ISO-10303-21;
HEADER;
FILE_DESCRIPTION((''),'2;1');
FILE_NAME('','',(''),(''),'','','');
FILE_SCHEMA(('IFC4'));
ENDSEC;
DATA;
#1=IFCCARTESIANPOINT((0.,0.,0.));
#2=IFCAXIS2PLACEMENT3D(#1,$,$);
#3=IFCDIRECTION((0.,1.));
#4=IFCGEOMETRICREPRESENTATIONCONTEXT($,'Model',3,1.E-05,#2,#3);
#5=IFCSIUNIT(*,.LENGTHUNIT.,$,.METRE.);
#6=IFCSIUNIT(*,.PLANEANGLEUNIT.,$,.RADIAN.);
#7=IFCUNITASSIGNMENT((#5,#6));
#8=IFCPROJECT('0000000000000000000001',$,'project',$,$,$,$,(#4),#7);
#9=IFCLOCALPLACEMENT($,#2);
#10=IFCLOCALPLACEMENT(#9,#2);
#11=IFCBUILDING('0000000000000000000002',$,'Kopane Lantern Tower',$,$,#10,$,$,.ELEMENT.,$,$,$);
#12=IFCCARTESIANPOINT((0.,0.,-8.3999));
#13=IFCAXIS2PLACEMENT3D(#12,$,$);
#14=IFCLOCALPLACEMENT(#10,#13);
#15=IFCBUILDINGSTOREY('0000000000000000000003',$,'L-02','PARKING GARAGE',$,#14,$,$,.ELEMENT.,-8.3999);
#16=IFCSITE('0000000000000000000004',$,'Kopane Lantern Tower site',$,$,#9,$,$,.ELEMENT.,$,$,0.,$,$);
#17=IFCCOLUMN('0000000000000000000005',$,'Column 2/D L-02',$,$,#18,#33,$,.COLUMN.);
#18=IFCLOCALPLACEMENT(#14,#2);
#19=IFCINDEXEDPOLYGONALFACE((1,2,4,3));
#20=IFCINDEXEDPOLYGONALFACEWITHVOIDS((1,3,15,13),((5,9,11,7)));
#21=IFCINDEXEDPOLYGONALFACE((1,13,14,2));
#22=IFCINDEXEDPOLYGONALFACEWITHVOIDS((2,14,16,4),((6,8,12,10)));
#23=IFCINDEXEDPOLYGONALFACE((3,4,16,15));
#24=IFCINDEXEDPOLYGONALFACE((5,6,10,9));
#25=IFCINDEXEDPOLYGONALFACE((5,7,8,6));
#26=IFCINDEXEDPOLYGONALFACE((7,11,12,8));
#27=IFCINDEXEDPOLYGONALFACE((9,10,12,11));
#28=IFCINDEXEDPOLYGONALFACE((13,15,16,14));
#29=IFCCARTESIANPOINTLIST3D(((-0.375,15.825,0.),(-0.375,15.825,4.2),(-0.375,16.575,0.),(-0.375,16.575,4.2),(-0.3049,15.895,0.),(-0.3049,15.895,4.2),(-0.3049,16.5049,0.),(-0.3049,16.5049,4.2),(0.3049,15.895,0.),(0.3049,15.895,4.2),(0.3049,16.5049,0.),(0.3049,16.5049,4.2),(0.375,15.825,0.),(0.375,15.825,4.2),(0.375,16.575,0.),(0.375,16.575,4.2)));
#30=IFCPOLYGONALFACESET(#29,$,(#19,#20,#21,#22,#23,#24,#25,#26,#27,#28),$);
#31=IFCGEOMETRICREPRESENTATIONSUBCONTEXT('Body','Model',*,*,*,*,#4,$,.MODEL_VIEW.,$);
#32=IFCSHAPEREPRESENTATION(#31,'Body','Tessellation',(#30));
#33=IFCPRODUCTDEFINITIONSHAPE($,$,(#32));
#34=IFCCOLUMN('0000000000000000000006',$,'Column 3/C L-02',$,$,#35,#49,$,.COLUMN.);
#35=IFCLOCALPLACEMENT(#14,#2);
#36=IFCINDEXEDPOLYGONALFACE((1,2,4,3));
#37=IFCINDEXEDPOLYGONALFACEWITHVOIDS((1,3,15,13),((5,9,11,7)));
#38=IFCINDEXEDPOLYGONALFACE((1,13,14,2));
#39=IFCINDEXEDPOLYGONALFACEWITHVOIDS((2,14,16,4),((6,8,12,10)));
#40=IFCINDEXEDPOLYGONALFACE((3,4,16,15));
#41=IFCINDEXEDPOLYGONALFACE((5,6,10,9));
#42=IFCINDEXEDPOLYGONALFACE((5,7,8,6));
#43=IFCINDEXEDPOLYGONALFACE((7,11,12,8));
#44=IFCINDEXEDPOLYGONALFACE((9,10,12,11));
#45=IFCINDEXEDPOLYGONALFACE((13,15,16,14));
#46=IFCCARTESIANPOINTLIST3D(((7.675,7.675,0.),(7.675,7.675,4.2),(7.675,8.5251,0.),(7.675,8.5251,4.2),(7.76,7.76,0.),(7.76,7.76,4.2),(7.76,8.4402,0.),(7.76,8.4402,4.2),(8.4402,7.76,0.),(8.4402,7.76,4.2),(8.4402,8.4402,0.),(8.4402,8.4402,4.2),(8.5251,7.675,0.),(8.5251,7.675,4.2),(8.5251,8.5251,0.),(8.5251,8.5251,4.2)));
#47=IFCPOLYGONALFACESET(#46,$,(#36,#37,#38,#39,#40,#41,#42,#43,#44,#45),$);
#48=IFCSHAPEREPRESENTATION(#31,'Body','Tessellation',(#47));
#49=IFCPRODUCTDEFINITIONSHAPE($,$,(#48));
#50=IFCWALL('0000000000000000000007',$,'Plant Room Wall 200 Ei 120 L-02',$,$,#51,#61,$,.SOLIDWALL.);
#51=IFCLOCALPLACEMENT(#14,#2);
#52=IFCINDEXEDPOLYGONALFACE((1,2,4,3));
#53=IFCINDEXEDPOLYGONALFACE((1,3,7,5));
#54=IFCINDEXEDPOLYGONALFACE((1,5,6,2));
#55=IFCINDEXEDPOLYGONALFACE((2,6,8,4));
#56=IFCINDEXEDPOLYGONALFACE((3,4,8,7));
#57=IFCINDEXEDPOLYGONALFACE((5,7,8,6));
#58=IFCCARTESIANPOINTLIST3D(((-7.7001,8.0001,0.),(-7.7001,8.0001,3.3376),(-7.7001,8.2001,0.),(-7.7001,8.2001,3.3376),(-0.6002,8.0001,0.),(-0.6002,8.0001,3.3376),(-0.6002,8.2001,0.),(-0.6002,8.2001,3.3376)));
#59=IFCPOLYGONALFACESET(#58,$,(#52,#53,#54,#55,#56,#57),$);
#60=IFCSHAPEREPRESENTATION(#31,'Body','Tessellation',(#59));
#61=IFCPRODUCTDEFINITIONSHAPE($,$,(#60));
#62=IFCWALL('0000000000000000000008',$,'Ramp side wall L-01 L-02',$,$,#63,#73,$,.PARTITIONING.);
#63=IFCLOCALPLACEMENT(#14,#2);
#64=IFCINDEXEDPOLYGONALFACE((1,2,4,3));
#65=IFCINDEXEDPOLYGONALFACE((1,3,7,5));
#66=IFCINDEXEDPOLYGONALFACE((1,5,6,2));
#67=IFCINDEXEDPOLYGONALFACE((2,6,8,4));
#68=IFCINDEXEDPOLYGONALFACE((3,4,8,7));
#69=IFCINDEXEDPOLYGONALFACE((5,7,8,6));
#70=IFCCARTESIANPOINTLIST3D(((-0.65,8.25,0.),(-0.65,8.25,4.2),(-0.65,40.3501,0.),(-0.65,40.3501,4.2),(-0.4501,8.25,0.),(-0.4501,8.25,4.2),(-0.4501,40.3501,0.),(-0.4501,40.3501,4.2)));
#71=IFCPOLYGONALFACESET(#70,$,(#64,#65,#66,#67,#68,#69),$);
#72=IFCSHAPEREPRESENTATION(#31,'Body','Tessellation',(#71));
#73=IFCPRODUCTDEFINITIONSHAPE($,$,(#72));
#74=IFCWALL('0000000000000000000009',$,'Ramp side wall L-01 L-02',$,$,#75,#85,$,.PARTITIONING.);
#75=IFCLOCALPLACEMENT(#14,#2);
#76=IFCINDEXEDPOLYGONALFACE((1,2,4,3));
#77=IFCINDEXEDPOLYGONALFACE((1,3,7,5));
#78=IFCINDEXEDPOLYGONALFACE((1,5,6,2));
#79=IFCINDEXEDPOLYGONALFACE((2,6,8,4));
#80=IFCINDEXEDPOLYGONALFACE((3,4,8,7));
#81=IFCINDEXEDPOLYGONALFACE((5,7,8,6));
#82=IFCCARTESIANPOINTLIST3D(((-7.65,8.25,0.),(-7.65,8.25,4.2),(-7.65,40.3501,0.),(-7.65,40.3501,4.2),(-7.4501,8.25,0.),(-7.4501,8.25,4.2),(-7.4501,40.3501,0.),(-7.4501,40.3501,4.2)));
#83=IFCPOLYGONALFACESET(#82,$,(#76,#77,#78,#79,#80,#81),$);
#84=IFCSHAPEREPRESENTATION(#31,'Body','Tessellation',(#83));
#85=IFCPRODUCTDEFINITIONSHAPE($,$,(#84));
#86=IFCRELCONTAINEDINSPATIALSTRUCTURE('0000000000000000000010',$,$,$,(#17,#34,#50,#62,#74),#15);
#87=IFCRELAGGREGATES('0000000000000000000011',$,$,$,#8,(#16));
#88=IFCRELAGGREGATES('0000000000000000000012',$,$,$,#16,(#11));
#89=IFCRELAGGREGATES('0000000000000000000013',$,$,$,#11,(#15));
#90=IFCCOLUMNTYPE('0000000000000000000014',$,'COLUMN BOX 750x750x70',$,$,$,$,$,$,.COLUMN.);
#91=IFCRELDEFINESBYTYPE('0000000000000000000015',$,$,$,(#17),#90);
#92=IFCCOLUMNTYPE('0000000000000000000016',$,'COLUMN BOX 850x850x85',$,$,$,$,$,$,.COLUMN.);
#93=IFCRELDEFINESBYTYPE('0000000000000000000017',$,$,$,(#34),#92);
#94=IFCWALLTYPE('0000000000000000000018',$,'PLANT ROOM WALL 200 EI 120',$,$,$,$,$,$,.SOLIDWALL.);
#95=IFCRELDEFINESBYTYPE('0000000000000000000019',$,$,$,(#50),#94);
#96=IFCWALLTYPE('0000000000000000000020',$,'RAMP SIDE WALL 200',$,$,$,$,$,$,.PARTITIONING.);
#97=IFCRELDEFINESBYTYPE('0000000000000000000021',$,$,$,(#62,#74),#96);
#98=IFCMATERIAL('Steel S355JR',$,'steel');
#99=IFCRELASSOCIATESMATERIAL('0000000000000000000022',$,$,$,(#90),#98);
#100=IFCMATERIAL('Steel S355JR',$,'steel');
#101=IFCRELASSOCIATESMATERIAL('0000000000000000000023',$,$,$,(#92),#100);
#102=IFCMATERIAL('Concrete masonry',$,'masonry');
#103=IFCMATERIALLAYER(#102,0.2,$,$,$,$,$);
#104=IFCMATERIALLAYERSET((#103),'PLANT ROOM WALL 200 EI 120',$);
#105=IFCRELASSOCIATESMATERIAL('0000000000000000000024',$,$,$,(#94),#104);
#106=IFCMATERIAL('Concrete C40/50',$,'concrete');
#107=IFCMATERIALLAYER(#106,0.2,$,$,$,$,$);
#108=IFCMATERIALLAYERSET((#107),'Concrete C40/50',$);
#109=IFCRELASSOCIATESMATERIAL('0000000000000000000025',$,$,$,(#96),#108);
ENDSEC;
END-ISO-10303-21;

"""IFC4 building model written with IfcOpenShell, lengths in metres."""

from ifc_helpers import new_model, si_unit, direction, frame, frame_2d, origin, origin_2d, place, context, subcontext, project, spatial, rectangle, hollow_rectangle, extrude, material, layer, layer_set, material_profile, profile_set, type_object, element, save


model = new_model("IFC4")

# Units and contexts
model_context = context("Model", 3, precision=1e-05, world=origin(), true_north=direction((0.0, 1.0)))
body_context = subcontext(model_context, "Body", "Model", "MODEL_VIEW")
ifc_project = project(units=[si_unit("LENGTHUNIT", "METRE"), si_unit("PLANEANGLEUNIT", "RADIAN")], contexts=[model_context])

# Site, building, storey
site_placement = place(None, origin())
site = spatial("IfcSite", under=ifc_project, at=site_placement, Name="Kopane Lantern Tower site", CompositionType="ELEMENT", RefElevation=0.0)
building_placement = place(site_placement, origin())
building = spatial("IfcBuilding", under=site, at=building_placement, Name="Kopane Lantern Tower", CompositionType="ELEMENT")
storey_placement = place(building_placement, frame((0.0, 0.0, -8.3999)))
storey = spatial("IfcBuildingStorey", under=building, at=storey_placement, Name="L-02", Description="PARKING GARAGE", CompositionType="ELEMENT", Elevation=-8.3999)

# Columns
ifc_material_1 = material(Name="Steel S355JR", Category="steel")
ifc_material_profile_1 = material_profile(ifc_material_1, hollow_rectangle(XDim=0.75, YDim=0.75, WallThickness=0.0701, at=origin_2d()), Name="BOX 750x750x70")
ifc_profile_set_1 = profile_set([ifc_material_profile_1], Name="Steel S355JR")
column_type_1 = type_object("IfcColumnType", Name="COLUMN BOX 750x750x70", PredefinedType="COLUMN", material=ifc_profile_set_1)
for number, where, z_axis, x_axis, name in (
    (1, (0.0, 16.2, 0.0), (0.0, 0.0, 1.0), (1.0, 0.0, 0.0), "Column 2/D L-02"),
):
    element("IfcColumn", number, at=place(storey_placement, frame(where, z_axis=z_axis, x_axis=x_axis)), inside=storey, type_object=column_type_1, Name=name, PredefinedType="COLUMN", context=body_context, shape_type="SweptSolid", body=[
        extrude(hollow_rectangle(XDim=0.75, YDim=0.75, WallThickness=0.0701, at=origin_2d()), origin(), (0.0, 0.0, 1.0), 4.2),
    ])
ifc_material_2 = material(Name="Steel S355JR", Category="steel")
ifc_material_profile_2 = material_profile(ifc_material_2, hollow_rectangle(XDim=0.8501, YDim=0.8501, WallThickness=0.085, at=origin_2d()), Name="BOX 850x850x85")
ifc_profile_set_2 = profile_set([ifc_material_profile_2], Name="Steel S355JR")
column_type_2 = type_object("IfcColumnType", Name="COLUMN BOX 850x850x85", PredefinedType="COLUMN", material=ifc_profile_set_2)
column_1_placement = place(storey_placement, frame((8.1001, 8.1001, 0.0), z_axis=(0.0, 0.0, 1.0), x_axis=(1.0, 0.0, 0.0)))
element("IfcColumn", 2, at=column_1_placement, inside=storey, type_object=column_type_2, Name="Column 3/C L-02", PredefinedType="COLUMN", context=body_context, shape_type="SweptSolid", body=[
    extrude(hollow_rectangle(XDim=0.8501, YDim=0.8501, WallThickness=0.085, at=origin_2d()), origin(), (0.0, 0.0, 1.0), 4.2),
])

# Walls
ifc_material_3 = material(Name="Concrete masonry", Category="masonry")
ifc_layer_1 = layer(ifc_material_3, 0.2)
ifc_layer_set_1 = layer_set([ifc_layer_1], Name="PLANT ROOM WALL 200 EI 120")
wall_type_1 = type_object("IfcWallType", Name="PLANT ROOM WALL 200 EI 120", PredefinedType="SOLIDWALL", material=ifc_layer_set_1)
wall_placement = place(storey_placement, frame((-7.7, 8.1001, 0.0), z_axis=(0.0, 0.0, 1.0), x_axis=(1.0, 0.0, 0.0)))
element("IfcWall", 3, at=wall_placement, inside=storey, type_object=wall_type_1, Name="Plant Room Wall 200 Ei 120 L-02", PredefinedType="SOLIDWALL", context=body_context, shape_type="SweptSolid", body=[
    extrude(rectangle(XDim=7.0999, YDim=0.2, at=frame_2d((3.5498, 0.0))), origin(), (0.0, 0.0, 1.0), 3.3376),
])
ifc_material_4 = material(Name="Concrete C40/50", Category="concrete")
ifc_layer_2 = layer(ifc_material_4, 0.2)
ifc_layer_set_2 = layer_set([ifc_layer_2], Name="Concrete C40/50")
wall_type_2 = type_object("IfcWallType", Name="RAMP SIDE WALL 200", PredefinedType="PARTITIONING", material=ifc_layer_set_2)
for number, where, z_axis, x_axis, name in (
    (4, (-0.55, 8.25, 0.0), (0.0, 0.0, 1.0), (0.0, 1.0, 0.0), "Ramp side wall L-01 L-02"),
    (5, (-7.55, 8.25, 0.0), (0.0, 0.0, 1.0), (0.0, 1.0, 0.0), "Ramp side wall L-01 L-02"),
):
    element("IfcWall", number, at=place(storey_placement, frame(where, z_axis=z_axis, x_axis=x_axis)), inside=storey, type_object=wall_type_2, Name=name, PredefinedType="PARTITIONING", context=body_context, shape_type="SweptSolid", body=[
        extrude(rectangle(XDim=32.1001, YDim=0.2, at=frame_2d((16.05, 0.0))), origin(), (0.0, 0.0, 1.0), 4.2),
    ])

save(model, "model.ifc")
